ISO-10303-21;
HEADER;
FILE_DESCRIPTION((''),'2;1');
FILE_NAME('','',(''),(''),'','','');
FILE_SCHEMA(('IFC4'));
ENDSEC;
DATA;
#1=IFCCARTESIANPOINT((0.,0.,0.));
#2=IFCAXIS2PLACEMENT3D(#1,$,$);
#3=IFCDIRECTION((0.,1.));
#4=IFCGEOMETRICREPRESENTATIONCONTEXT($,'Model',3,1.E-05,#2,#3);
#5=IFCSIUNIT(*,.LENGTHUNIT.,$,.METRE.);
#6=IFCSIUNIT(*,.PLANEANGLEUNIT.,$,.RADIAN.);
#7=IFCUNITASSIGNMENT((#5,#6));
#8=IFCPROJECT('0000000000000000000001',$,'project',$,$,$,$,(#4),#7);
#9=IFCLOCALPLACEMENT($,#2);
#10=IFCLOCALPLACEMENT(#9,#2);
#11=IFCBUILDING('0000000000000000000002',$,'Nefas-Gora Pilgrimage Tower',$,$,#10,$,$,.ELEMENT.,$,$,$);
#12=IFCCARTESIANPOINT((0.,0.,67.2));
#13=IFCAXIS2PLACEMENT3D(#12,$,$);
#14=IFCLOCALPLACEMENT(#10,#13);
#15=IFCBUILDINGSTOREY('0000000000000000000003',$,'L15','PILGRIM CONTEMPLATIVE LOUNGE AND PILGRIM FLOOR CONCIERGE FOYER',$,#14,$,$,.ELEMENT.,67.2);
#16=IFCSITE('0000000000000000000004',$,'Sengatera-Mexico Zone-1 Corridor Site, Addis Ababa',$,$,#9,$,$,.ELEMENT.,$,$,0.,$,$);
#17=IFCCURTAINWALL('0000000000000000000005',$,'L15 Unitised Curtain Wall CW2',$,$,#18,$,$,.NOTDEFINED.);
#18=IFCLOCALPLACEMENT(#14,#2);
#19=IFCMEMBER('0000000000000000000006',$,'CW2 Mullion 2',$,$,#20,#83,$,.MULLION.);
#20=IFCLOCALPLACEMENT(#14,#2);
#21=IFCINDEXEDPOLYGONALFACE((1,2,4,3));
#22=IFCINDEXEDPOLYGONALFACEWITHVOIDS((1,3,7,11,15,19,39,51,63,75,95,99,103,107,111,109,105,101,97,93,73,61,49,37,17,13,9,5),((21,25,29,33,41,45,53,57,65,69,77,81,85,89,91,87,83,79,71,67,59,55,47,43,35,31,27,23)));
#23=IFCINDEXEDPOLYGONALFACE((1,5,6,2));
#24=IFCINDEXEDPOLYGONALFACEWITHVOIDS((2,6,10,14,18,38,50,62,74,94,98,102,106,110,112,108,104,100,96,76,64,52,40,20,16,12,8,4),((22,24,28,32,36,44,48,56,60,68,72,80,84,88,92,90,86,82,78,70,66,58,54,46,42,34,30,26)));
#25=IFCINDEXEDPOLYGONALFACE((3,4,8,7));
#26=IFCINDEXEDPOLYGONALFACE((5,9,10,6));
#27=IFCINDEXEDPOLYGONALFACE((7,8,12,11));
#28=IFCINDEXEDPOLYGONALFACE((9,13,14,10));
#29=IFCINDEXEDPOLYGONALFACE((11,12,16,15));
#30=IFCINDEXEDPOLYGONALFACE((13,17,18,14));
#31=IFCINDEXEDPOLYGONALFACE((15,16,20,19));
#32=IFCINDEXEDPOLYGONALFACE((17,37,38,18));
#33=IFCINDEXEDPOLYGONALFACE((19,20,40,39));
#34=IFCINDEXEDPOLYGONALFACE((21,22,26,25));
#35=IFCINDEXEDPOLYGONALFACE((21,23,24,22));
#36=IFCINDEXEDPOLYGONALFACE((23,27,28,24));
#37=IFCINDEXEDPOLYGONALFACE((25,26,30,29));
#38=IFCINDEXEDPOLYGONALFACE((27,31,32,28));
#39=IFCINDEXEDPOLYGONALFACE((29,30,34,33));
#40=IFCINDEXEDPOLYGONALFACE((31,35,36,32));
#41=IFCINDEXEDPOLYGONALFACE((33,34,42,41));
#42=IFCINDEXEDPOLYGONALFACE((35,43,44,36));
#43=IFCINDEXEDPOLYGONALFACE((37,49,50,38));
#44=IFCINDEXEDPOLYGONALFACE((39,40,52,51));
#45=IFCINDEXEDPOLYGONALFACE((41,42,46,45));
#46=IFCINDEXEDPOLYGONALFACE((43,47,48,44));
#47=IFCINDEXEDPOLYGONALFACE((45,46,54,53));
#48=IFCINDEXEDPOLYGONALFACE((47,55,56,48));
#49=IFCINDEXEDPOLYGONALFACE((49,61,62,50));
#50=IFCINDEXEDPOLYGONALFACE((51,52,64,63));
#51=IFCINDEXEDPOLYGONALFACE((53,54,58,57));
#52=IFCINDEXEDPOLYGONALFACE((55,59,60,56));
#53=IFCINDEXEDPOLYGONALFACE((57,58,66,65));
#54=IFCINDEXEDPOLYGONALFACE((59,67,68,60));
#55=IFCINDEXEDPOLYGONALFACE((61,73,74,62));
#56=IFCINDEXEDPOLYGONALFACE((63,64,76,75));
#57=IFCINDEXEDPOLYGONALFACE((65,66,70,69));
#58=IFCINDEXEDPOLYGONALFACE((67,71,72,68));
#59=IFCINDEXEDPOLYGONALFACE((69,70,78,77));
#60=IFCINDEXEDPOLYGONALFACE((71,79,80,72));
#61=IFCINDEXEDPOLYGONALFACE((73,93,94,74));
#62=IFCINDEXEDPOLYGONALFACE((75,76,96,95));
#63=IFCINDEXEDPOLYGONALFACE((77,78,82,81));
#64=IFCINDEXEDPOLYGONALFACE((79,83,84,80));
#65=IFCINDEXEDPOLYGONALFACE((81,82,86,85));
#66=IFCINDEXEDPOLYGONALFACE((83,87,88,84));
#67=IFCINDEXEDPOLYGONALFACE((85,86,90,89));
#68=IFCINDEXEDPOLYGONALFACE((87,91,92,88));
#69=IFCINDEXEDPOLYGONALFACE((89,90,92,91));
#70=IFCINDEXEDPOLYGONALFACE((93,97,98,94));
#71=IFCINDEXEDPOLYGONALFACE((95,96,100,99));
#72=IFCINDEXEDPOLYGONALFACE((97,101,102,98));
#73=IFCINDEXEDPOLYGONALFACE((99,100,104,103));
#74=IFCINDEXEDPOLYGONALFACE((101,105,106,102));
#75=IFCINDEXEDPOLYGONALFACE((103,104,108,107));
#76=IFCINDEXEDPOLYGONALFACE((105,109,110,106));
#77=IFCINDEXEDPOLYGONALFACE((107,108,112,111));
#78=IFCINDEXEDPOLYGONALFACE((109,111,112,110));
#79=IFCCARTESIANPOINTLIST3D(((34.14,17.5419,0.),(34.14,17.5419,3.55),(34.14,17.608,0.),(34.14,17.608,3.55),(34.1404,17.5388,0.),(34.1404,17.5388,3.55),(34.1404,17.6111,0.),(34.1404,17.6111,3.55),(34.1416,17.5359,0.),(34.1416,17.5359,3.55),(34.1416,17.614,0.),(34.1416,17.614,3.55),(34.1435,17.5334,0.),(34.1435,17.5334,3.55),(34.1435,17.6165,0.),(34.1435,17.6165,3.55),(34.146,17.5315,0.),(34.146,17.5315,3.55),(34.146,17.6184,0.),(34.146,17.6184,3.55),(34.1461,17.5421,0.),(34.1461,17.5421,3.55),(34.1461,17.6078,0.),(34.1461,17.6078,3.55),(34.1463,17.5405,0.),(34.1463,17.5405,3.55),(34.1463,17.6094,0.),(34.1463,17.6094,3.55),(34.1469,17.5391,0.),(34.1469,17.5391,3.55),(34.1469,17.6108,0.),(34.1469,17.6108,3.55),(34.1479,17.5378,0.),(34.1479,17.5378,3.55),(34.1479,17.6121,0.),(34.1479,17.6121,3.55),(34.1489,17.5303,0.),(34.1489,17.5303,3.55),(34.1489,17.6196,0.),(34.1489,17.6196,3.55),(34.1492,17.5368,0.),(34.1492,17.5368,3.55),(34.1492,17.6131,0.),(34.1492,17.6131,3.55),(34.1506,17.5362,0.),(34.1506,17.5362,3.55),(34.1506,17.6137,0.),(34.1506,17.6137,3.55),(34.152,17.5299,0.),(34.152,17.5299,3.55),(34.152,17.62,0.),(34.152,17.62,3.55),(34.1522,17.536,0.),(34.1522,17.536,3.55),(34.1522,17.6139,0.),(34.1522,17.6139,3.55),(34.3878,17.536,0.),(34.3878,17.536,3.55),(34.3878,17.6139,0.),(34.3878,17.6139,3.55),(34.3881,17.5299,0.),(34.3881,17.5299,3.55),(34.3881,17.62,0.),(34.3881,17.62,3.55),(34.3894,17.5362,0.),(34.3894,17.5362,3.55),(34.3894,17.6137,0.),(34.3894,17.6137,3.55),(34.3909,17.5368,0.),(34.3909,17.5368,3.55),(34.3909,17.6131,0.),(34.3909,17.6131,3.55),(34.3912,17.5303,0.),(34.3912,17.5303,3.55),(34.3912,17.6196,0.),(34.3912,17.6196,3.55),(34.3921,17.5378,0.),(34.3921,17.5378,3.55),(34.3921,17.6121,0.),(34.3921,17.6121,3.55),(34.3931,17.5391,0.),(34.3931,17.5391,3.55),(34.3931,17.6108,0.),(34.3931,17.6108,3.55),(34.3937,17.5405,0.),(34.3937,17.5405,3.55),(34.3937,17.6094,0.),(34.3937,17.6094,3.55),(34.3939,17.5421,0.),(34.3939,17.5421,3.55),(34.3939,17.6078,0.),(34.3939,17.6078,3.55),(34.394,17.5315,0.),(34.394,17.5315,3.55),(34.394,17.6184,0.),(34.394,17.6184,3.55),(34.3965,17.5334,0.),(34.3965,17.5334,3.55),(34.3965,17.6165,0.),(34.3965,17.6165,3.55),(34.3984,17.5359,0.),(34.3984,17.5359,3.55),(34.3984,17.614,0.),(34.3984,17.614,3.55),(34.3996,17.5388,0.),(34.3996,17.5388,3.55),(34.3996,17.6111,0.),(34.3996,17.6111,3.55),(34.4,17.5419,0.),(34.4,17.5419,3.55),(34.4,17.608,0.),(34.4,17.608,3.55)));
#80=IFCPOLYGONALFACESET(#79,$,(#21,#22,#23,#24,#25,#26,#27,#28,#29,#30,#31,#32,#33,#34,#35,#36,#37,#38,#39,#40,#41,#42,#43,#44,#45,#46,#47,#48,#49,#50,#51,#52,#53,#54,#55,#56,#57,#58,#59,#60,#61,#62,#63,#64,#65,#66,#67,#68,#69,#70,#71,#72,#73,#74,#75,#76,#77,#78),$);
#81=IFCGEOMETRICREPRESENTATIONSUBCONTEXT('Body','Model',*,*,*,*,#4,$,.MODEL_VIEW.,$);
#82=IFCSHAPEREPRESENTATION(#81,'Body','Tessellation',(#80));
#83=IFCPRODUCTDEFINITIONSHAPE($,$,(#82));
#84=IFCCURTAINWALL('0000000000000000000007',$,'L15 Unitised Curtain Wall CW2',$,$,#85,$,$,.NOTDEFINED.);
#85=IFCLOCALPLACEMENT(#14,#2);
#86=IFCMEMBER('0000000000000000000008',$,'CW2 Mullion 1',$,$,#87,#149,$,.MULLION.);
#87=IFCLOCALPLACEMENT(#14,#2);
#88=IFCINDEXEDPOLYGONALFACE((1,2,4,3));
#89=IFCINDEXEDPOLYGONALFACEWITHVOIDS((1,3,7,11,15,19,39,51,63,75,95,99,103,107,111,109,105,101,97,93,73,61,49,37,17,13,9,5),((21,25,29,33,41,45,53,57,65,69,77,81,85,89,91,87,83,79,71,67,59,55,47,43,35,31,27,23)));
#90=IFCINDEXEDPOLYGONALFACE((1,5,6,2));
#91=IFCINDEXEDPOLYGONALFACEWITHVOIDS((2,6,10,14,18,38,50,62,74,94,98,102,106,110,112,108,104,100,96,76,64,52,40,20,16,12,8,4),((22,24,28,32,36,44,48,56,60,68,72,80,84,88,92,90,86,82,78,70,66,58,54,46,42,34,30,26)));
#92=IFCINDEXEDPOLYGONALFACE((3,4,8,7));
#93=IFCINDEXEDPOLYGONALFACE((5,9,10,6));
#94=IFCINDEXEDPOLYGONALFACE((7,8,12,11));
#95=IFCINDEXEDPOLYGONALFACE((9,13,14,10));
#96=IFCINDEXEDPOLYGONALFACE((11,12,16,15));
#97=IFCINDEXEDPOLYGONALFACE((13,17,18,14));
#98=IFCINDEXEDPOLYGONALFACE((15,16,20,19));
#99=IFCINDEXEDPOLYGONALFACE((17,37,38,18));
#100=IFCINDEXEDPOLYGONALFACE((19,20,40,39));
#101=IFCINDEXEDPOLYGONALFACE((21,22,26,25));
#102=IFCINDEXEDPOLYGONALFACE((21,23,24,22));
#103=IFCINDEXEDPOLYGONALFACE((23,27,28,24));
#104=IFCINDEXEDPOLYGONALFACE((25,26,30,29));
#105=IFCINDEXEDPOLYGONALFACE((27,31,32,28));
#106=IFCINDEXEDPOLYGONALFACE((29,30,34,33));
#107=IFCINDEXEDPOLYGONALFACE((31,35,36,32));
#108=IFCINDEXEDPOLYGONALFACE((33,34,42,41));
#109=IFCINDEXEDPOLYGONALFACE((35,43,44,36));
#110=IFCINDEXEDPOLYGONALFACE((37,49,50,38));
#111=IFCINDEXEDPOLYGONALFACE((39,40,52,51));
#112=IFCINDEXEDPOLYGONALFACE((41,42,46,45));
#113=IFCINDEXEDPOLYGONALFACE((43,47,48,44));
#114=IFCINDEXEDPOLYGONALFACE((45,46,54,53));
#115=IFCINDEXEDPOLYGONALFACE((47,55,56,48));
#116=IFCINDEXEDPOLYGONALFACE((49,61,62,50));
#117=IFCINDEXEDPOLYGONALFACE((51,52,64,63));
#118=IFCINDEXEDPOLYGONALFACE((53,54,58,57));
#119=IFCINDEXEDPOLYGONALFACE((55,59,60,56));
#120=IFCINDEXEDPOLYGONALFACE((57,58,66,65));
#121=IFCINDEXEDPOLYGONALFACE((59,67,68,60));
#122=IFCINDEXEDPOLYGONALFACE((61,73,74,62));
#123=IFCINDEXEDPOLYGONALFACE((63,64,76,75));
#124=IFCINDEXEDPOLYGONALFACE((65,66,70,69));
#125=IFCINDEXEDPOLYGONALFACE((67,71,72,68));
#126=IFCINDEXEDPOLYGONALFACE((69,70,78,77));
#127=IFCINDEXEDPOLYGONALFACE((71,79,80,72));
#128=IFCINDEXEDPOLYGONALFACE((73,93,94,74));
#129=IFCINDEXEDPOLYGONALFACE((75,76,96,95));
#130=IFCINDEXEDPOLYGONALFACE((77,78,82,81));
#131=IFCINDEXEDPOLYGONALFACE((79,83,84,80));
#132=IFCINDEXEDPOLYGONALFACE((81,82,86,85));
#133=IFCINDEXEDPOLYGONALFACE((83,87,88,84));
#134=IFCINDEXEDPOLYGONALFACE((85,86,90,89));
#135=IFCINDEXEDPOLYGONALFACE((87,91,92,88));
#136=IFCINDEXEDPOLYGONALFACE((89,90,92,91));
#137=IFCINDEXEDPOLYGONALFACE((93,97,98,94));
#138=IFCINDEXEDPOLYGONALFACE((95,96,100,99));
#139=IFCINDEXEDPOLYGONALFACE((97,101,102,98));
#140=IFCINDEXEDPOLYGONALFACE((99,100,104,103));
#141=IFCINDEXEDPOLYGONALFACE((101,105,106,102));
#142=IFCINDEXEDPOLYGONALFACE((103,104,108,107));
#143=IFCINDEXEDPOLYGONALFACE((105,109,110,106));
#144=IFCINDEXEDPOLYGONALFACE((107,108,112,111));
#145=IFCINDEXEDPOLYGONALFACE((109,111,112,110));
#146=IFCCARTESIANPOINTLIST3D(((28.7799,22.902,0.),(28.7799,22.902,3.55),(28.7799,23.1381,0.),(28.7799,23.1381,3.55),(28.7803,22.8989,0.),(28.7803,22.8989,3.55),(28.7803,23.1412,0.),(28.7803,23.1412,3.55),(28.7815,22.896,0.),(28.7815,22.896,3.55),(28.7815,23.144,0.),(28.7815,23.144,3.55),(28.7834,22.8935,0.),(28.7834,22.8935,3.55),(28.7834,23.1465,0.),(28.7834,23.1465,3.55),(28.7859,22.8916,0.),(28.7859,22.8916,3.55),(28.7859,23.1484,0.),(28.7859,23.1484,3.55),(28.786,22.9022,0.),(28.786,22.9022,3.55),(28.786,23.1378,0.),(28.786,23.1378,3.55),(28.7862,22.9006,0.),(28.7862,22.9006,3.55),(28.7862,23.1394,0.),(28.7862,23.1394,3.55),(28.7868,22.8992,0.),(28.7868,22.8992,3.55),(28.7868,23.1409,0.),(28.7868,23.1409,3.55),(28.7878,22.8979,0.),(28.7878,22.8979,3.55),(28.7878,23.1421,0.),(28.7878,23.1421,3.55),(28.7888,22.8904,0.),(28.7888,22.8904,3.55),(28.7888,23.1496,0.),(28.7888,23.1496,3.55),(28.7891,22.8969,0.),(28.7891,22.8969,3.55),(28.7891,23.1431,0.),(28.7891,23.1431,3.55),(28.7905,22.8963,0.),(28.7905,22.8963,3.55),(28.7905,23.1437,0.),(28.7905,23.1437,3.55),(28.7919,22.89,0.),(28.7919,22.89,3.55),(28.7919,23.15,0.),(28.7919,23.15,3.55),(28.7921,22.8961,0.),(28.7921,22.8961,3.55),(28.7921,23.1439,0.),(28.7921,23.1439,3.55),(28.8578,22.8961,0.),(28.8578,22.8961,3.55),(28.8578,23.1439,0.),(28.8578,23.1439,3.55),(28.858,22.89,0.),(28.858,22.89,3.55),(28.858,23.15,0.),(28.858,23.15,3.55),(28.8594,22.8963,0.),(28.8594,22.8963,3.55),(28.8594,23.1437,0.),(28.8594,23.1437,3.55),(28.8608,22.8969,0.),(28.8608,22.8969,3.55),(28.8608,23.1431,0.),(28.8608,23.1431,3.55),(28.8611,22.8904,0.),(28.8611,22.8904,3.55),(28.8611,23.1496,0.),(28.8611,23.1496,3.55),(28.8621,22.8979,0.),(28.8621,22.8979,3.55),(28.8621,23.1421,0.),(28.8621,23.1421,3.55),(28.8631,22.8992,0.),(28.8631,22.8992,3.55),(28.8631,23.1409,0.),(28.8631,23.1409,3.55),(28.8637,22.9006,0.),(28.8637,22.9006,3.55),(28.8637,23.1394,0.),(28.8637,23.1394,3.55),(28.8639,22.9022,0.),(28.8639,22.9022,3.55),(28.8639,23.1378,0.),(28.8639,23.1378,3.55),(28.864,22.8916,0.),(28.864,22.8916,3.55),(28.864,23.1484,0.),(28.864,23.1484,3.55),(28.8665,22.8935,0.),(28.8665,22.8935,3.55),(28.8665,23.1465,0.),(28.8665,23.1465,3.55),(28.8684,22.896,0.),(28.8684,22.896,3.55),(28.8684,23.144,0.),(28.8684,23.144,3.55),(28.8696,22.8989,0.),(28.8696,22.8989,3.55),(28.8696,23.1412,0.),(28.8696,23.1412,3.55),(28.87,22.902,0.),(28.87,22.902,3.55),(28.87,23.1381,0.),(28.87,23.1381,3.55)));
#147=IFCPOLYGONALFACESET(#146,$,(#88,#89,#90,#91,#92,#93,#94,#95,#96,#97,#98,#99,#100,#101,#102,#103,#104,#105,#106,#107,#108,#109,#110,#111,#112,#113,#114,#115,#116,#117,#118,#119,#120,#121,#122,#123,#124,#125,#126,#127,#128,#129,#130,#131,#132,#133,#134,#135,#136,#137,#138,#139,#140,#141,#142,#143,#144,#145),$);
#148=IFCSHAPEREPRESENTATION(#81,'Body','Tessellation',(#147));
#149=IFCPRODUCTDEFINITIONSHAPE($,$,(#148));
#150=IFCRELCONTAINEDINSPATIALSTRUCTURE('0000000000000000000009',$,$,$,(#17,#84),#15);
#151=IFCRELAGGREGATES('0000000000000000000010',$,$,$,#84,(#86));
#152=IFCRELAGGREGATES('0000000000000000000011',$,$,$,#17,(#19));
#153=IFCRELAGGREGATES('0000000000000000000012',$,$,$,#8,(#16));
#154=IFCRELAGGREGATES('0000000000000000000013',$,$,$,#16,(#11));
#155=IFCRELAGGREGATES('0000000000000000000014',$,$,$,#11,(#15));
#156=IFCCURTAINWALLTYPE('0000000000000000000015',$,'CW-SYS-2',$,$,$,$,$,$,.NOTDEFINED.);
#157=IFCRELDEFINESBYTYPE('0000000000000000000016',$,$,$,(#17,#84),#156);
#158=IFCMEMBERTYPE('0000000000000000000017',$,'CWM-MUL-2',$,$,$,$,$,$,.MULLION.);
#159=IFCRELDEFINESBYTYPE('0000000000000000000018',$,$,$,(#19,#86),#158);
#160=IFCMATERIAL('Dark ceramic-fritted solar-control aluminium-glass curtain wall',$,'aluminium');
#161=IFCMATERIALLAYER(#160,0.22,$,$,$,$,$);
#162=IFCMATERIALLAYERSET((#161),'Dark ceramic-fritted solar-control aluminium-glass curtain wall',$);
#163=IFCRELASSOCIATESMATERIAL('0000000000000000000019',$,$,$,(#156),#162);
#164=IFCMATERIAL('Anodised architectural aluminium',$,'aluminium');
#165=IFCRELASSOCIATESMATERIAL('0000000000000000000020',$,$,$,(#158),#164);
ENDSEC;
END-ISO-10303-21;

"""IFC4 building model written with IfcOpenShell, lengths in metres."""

from ifc_helpers import new_model, si_unit, direction, frame, origin, origin_2d, place, context, subcontext, project, spatial, hollow_rectangle, extrude, source, transform, mapped, material, layer, layer_set, material_profile, profile_set, type_object, element, aggregate, save


model = new_model("IFC4")

# Units and contexts
model_context = context("Model", 3, precision=1e-05, world=origin(), true_north=direction((0.0, 1.0)))
body_context = subcontext(model_context, "Body", "Model", "MODEL_VIEW")
ifc_project = project(units=[si_unit("LENGTHUNIT", "METRE"), si_unit("PLANEANGLEUNIT", "RADIAN")], contexts=[model_context])

# Site, building, storey
site_placement = place(None, origin())
site = spatial("IfcSite", under=ifc_project, at=site_placement, Name="Sengatera-Mexico Zone-1 Corridor Site, Addis Ababa", CompositionType="ELEMENT", RefElevation=0.0)
building_placement = place(site_placement, origin())
building = spatial("IfcBuilding", under=site, at=building_placement, Name="Nefas-Gora Pilgrimage Tower", CompositionType="ELEMENT")
storey_placement = place(building_placement, frame((0.0, 0.0, 67.2)))
storey = spatial("IfcBuildingStorey", under=building, at=storey_placement, Name="L15", Description="PILGRIM CONTEMPLATIVE LOUNGE AND PILGRIM FLOOR CONCIERGE FOYER", CompositionType="ELEMENT", Elevation=67.2)

# Curtain wall, member
ifc_material_1 = material(Name="Dark ceramic-fritted solar-control aluminium-glass curtain wall", Category="aluminium")
ifc_layer_1 = layer(ifc_material_1, 0.22)
ifc_layer_set_1 = layer_set([ifc_layer_1], Name="Dark ceramic-fritted solar-control aluminium-glass curtain wall")
curtain_wall_type = type_object("IfcCurtainWallType", Name="CW-SYS-2", PredefinedType="NOTDEFINED", material=ifc_layer_set_1)
curtain_wall_1_placement = place(storey_placement, origin())
curtain_wall_1 = element("IfcCurtainWall", 1, at=curtain_wall_1_placement, inside=storey, type_object=curtain_wall_type, Name="L15 Unitised Curtain Wall CW2", PredefinedType="NOTDEFINED")
ifc_material_2 = material(Name="Anodised architectural aluminium", Category="aluminium")
ifc_material_profile_1 = material_profile(ifc_material_2, hollow_rectangle(XDim=0.0901, YDim=0.26, WallThickness=0.0061, InnerFilletRadius=0.0061, OuterFilletRadius=0.012, at=origin_2d()), Name="ALU MULLION 90x260")
ifc_profile_set_1 = profile_set([ifc_material_profile_1], Name="Anodised architectural aluminium")
member_type_1 = type_object("IfcMemberType", Name="CWM-MUL-2", PredefinedType="MULLION", material=ifc_profile_set_1)
shared_shape_1 = source(origin(), body_context, "Body", "SweptSolid", [
    extrude(hollow_rectangle(XDim=0.0901, YDim=0.26, WallThickness=0.0061, InnerFilletRadius=0.0061, OuterFilletRadius=0.012, at=origin_2d()), origin(), (0.0, 0.0, 1.0), 3.55),
])
member_1_placement = place(storey_placement, frame((34.27, 17.575, 0.0), z_axis=(0.0, 0.0, 1.0), x_axis=(0.0, 1.0, 0.0)))
member_1 = element("IfcMember", 2, at=member_1_placement, type_object=member_type_1, Name="CW2 Mullion 2", PredefinedType="MULLION", context=body_context, shape_type="MappedRepresentation", body=[
    mapped(shared_shape_1, transform((0.0, 0.0, 0.0), x_axis=(1.0, 0.0, 0.0), y_axis=(0.0, 1.0, 0.0), z_axis=(0.0, 0.0, 1.0), scale=1.0)),
])

# Curtain wall, member
curtain_wall_2_placement = place(storey_placement, origin())
curtain_wall_2 = element("IfcCurtainWall", 3, at=curtain_wall_2_placement, inside=storey, type_object=curtain_wall_type, Name="L15 Unitised Curtain Wall CW2", PredefinedType="NOTDEFINED")
member_2_placement = place(storey_placement, frame((28.825, 23.02, 0.0), z_axis=(0.0, 0.0, 1.0), x_axis=(-1.0, 0.0, 0.0)))
member_2 = element("IfcMember", 4, at=member_2_placement, type_object=member_type_1, Name="CW2 Mullion 1", PredefinedType="MULLION", context=body_context, shape_type="MappedRepresentation", body=[
    mapped(shared_shape_1, transform((0.0, 0.0, 0.0), x_axis=(1.0, 0.0, 0.0), y_axis=(0.0, 1.0, 0.0), z_axis=(0.0, 0.0, 1.0), scale=1.0)),
])

aggregate(curtain_wall_2, [member_2])
aggregate(curtain_wall_1, [member_1])

save(model, "model.ifc")
